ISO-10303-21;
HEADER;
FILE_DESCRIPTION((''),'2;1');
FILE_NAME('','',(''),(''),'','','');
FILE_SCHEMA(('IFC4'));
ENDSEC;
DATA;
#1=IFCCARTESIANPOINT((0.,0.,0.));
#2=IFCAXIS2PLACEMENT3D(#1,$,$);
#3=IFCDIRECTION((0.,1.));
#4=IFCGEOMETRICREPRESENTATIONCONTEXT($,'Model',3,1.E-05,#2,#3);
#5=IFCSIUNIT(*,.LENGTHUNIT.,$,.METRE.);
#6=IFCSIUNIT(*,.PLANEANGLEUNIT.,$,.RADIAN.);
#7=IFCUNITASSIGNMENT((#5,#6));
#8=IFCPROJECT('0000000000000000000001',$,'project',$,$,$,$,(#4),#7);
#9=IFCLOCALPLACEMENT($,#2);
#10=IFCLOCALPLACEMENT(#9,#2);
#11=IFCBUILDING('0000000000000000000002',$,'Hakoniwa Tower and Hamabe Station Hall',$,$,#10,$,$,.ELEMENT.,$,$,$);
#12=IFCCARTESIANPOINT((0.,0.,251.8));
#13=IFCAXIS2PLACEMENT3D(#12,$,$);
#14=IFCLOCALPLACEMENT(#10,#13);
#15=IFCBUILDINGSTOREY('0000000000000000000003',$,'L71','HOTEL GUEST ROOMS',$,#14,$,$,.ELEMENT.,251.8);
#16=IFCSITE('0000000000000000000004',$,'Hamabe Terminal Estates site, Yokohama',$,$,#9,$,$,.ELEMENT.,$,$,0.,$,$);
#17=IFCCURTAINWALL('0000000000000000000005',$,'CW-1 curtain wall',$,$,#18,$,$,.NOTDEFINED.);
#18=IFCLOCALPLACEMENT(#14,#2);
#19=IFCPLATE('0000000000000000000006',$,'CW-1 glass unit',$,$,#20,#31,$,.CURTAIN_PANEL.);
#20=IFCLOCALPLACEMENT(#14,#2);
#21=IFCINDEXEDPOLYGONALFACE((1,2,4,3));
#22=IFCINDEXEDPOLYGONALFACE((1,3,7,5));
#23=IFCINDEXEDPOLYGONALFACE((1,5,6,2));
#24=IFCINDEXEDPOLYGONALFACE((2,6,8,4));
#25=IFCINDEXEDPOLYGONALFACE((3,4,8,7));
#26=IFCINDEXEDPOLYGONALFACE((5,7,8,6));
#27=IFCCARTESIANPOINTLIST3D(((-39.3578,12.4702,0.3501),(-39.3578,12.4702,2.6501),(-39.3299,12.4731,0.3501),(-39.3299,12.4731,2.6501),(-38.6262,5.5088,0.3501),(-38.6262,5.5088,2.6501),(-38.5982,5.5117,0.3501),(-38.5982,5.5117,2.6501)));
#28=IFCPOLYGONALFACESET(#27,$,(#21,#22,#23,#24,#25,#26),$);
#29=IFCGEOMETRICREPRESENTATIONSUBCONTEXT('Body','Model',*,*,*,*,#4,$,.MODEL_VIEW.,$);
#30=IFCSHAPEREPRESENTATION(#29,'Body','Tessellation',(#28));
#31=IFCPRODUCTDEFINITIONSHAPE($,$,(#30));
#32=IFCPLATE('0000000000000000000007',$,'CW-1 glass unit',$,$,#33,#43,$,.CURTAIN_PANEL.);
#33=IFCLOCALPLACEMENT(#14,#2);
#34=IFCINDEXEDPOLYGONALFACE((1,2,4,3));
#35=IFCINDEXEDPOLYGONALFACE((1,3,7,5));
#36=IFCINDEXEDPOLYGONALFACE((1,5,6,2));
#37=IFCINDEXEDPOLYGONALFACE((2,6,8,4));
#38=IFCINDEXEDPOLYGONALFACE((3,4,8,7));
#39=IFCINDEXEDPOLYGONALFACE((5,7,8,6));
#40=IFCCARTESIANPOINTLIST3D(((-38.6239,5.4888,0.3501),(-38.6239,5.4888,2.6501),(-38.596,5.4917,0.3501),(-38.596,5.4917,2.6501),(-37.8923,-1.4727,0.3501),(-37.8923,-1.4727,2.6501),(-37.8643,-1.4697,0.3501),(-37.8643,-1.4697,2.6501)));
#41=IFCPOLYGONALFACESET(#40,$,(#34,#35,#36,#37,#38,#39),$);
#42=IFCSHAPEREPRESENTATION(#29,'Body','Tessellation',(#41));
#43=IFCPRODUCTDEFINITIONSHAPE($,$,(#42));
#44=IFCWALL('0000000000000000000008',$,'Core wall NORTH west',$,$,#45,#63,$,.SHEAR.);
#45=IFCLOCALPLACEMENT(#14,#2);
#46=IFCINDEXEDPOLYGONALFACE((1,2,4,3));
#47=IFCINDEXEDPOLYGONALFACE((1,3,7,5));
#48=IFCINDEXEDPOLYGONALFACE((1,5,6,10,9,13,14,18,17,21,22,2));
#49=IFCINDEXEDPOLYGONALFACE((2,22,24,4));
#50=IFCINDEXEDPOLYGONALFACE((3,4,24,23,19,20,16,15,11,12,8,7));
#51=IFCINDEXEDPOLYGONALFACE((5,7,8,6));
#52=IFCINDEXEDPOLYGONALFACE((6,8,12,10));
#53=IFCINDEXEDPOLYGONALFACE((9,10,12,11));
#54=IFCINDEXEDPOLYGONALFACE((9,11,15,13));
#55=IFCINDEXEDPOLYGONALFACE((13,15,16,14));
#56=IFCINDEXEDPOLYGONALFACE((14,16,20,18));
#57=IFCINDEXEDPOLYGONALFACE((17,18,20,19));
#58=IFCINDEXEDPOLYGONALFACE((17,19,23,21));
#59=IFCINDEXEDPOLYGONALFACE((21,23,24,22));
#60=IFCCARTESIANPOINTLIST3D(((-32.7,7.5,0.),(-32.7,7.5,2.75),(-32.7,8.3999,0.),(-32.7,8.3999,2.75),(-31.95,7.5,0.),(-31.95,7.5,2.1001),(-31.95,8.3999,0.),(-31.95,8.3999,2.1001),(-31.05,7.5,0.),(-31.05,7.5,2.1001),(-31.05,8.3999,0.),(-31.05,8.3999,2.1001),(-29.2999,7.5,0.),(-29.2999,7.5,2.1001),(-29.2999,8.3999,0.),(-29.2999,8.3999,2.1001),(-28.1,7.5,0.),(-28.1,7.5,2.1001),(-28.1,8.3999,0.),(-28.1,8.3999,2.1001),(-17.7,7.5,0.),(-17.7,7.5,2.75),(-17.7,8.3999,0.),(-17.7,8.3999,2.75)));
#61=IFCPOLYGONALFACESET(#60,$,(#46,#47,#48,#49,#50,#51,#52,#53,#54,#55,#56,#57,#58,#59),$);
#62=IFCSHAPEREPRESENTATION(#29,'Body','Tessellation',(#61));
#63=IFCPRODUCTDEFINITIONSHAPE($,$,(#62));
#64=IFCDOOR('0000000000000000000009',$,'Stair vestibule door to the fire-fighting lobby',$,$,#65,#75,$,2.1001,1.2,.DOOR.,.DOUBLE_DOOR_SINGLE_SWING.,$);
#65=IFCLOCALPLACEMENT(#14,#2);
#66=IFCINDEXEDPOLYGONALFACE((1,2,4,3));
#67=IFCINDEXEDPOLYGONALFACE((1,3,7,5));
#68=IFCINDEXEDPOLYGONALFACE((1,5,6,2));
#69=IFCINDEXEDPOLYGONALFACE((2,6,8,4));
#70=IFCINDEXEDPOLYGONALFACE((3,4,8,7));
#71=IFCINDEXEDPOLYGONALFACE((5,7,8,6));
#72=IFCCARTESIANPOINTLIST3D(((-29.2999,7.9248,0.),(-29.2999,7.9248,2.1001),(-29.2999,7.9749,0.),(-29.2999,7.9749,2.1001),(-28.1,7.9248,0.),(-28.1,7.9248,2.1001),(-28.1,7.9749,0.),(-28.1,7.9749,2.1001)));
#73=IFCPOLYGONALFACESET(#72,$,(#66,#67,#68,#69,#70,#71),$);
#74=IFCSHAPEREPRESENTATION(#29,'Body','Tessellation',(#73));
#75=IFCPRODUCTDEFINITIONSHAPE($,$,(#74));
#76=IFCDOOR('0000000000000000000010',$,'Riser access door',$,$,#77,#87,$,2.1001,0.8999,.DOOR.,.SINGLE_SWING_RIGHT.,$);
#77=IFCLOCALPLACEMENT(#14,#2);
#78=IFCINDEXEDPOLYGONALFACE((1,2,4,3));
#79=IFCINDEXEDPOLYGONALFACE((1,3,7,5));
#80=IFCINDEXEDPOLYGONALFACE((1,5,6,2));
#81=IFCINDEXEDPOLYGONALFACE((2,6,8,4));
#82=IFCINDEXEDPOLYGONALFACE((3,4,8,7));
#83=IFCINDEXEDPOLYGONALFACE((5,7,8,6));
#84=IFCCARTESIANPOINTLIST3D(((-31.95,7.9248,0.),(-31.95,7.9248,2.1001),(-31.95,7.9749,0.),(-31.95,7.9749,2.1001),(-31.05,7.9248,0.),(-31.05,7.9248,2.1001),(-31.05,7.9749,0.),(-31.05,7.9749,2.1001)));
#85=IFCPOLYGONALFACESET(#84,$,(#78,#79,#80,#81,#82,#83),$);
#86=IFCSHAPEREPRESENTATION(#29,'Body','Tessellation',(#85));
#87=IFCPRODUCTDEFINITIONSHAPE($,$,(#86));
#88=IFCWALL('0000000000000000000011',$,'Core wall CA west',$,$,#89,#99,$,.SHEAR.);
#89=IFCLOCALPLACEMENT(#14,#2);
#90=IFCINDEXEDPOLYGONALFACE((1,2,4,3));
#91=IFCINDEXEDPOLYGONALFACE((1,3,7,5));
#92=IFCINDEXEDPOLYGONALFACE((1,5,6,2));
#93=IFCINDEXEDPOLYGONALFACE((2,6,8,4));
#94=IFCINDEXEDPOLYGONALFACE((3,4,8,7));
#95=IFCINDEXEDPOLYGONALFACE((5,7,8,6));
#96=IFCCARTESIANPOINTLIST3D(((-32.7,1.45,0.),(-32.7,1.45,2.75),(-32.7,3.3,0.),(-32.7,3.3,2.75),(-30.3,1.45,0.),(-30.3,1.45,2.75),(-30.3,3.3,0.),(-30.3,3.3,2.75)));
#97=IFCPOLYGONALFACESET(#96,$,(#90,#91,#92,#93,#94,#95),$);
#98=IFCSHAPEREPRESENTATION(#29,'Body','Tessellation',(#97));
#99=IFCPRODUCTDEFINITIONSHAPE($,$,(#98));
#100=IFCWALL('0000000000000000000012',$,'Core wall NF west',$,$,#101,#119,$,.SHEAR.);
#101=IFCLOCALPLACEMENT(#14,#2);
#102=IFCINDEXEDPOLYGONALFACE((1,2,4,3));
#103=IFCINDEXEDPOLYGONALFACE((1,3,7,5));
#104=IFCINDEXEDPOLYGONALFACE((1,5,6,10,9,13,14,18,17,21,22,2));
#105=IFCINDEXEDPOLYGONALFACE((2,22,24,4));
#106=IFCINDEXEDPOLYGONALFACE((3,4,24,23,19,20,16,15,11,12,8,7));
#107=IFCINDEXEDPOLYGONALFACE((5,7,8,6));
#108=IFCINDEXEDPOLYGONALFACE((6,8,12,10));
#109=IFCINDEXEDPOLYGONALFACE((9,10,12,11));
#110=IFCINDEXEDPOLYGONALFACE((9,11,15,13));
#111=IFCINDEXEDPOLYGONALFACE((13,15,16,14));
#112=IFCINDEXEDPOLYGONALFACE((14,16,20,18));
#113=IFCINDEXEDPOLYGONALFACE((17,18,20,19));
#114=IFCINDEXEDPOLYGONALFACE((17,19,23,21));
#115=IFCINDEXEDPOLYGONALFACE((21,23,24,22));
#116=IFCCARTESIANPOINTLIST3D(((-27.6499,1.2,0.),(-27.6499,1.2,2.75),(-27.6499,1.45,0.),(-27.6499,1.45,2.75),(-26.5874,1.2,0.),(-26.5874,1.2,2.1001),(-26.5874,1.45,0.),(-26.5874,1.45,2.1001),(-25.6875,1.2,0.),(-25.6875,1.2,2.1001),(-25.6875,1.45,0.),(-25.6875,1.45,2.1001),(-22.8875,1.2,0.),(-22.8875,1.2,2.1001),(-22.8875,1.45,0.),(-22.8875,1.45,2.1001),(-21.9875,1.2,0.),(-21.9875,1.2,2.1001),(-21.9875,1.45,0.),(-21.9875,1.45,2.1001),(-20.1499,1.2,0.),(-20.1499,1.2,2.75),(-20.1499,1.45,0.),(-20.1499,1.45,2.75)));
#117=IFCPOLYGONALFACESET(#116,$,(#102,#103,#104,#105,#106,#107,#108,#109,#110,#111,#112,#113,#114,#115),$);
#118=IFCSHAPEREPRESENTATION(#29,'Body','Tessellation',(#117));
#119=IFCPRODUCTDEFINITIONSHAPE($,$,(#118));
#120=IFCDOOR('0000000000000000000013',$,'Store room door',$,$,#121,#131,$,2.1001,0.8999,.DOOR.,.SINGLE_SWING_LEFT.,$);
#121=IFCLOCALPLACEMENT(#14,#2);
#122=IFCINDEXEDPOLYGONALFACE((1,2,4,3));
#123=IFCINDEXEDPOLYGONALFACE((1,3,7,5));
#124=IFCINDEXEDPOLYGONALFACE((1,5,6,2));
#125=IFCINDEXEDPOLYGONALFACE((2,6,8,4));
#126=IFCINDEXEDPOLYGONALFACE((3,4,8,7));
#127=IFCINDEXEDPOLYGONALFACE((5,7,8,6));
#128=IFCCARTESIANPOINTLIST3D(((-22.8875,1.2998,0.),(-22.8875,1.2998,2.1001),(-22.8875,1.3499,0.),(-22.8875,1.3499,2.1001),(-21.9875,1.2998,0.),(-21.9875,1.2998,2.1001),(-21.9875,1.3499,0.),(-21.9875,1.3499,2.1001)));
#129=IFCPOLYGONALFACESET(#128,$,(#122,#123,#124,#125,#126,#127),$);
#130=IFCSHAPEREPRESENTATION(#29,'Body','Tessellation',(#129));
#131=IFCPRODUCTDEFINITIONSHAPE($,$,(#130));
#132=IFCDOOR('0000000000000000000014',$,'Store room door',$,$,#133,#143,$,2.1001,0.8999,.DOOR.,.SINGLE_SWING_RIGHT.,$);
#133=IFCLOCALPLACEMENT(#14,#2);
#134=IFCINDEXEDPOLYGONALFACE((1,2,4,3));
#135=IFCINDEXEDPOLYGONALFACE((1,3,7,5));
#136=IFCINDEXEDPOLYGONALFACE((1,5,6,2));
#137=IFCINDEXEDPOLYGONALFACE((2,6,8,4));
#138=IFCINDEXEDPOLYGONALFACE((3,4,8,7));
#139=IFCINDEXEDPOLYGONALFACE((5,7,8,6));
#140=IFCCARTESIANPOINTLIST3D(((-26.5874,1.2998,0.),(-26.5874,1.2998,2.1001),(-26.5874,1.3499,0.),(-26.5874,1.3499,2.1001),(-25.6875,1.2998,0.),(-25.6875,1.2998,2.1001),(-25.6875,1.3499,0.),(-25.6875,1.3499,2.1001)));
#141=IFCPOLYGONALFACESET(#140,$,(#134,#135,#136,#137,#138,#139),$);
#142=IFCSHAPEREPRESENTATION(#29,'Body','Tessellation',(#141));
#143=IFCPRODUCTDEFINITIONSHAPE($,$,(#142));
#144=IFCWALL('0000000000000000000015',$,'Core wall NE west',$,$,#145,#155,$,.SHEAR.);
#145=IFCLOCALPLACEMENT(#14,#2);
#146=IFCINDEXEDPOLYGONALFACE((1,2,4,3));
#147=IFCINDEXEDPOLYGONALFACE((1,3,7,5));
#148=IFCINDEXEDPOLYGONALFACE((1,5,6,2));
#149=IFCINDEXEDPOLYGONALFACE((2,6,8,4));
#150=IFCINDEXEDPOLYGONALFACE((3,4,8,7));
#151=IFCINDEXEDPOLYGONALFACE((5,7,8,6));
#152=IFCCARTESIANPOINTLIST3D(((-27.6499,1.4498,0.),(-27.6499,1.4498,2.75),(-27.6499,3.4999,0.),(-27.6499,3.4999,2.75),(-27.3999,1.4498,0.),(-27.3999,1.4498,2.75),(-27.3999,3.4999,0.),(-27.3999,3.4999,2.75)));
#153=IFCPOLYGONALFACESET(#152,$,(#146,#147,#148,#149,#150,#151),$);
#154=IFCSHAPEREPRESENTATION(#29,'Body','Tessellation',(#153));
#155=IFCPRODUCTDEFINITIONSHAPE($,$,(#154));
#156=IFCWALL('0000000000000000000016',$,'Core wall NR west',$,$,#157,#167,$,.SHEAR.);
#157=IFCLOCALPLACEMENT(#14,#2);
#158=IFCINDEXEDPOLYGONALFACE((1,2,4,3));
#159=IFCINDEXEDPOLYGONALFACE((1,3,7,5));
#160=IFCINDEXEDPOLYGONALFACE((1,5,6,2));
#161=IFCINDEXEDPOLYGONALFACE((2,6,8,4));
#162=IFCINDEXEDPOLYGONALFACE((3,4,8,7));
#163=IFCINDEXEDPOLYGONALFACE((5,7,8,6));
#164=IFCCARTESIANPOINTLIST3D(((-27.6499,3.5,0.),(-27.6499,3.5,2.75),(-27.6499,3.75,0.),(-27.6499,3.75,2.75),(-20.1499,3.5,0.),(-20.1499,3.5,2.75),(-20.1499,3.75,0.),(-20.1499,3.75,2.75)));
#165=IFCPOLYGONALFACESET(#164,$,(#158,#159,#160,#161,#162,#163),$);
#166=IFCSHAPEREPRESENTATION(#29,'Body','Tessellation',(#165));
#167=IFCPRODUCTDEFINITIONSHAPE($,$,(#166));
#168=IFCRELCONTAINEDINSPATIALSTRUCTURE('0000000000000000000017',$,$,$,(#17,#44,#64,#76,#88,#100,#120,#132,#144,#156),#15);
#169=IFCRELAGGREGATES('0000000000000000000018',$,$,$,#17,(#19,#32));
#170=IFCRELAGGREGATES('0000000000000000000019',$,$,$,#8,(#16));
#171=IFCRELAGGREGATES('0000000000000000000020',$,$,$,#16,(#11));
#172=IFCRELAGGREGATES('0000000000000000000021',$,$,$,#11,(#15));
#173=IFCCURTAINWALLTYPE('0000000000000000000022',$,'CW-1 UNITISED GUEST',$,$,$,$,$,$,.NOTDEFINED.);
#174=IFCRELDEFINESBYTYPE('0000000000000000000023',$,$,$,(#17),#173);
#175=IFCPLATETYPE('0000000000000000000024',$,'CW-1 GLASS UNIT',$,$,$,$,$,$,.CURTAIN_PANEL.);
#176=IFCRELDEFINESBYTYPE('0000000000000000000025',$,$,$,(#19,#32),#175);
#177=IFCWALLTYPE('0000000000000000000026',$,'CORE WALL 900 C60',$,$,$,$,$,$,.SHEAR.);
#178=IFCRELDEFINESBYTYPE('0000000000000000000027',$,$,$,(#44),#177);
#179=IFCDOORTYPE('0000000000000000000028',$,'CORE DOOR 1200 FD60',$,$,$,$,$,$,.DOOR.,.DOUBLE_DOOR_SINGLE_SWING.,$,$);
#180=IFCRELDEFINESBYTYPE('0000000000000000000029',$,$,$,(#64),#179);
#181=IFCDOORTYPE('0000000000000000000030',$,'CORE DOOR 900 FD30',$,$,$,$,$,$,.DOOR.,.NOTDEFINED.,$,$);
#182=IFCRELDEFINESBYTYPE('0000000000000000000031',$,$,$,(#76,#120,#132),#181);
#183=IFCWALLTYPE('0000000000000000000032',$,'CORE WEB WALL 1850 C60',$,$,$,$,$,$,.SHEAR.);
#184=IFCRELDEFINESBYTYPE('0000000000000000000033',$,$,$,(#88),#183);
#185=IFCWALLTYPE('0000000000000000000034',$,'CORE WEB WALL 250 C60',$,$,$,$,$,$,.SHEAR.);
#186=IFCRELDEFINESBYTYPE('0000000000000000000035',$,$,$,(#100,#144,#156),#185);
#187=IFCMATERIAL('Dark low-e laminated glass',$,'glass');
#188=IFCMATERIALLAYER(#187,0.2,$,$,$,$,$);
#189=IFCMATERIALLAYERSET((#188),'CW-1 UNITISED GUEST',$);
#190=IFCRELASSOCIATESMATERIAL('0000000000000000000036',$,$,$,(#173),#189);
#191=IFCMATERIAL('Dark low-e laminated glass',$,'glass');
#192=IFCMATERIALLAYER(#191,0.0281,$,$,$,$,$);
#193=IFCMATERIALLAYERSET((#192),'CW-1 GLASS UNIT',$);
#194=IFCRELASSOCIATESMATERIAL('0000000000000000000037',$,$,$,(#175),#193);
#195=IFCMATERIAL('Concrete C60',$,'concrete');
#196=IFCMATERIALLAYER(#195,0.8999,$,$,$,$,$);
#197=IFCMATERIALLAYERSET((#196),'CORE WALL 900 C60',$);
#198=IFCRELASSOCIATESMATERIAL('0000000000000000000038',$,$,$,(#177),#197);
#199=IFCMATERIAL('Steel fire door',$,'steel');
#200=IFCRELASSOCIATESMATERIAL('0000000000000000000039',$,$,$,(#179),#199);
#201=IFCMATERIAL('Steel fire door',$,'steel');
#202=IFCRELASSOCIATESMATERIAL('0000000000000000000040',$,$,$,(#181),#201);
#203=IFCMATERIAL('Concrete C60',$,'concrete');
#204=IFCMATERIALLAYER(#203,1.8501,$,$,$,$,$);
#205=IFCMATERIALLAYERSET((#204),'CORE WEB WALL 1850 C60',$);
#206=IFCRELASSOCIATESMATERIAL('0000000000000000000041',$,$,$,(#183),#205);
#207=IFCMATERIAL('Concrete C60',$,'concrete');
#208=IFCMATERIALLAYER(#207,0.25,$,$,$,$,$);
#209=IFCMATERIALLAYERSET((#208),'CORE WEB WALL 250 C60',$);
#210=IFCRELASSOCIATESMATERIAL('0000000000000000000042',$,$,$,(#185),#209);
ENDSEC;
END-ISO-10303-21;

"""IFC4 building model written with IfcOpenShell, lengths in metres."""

from ifc_helpers import new_model, si_unit, direction, frame, frame_2d, origin, origin_2d, place, context, subcontext, project, spatial, rectangle, extrude, material, layer, layer_set, type_object, element, fill, aggregate, save


model = new_model("IFC4")

# Units and contexts
model_context = context("Model", 3, precision=1e-05, world=origin(), true_north=direction((0.0, 1.0)))
body_context = subcontext(model_context, "Body", "Model", "MODEL_VIEW")
ifc_project = project(units=[si_unit("LENGTHUNIT", "METRE"), si_unit("PLANEANGLEUNIT", "RADIAN")], contexts=[model_context])

# Site, building, storey
site_placement = place(None, origin())
site = spatial("IfcSite", under=ifc_project, at=site_placement, Name="Hamabe Terminal Estates site, Yokohama", CompositionType="ELEMENT", RefElevation=0.0)
building_placement = place(site_placement, origin())
building = spatial("IfcBuilding", under=site, at=building_placement, Name="Hakoniwa Tower and Hamabe Station Hall", CompositionType="ELEMENT")
storey_placement = place(building_placement, frame((0.0, 0.0, 251.8)))
storey = spatial("IfcBuildingStorey", under=building, at=storey_placement, Name="L71", Description="HOTEL GUEST ROOMS", CompositionType="ELEMENT", Elevation=251.8)

# Curtain wall, plates
ifc_material_1 = material(Name="Dark low-e laminated glass", Category="glass")
ifc_layer_1 = layer(ifc_material_1, 0.2)
ifc_layer_set_1 = layer_set([ifc_layer_1], Name="CW-1 UNITISED GUEST")
curtain_wall_type = type_object("IfcCurtainWallType", Name="CW-1 UNITISED GUEST", PredefinedType="NOTDEFINED", material=ifc_layer_set_1)
curtain_wall_placement = place(storey_placement, origin())
curtain_wall = element("IfcCurtainWall", 1, at=curtain_wall_placement, inside=storey, type_object=curtain_wall_type, Name="CW-1 curtain wall", PredefinedType="NOTDEFINED")
ifc_material_2 = material(Name="Dark low-e laminated glass", Category="glass")
ifc_layer_2 = layer(ifc_material_2, 0.0281)
ifc_layer_set_2 = layer_set([ifc_layer_2], Name="CW-1 GLASS UNIT")
plate_type = type_object("IfcPlateType", Name="CW-1 GLASS UNIT", PredefinedType="CURTAIN_PANEL", material=ifc_layer_set_2)
plate_1_placement = place(storey_placement, frame((-38.978, 8.991, 0.3501), z_axis=(0.0, 0.0, 1.0), x_axis=(0.104528, -0.994522, 0.0)))
plate_1 = element("IfcPlate", 2, at=plate_1_placement, type_object=plate_type, Name="CW-1 glass unit", PredefinedType="CURTAIN_PANEL", context=body_context, shape_type="SweptSolid", body=[
    extrude(rectangle(XDim=6.9998, YDim=0.0281, at=origin_2d()), origin(), (0.0, 0.0, 1.0), 2.3),
])
plate_2_placement = place(storey_placement, frame((-38.2441, 2.0095, 0.3501), z_axis=(0.0, 0.0, 1.0), x_axis=(0.104528, -0.994522, 0.0)))
plate_2 = element("IfcPlate", 3, at=plate_2_placement, type_object=plate_type, Name="CW-1 glass unit", PredefinedType="CURTAIN_PANEL", context=body_context, shape_type="SweptSolid", body=[
    extrude(rectangle(XDim=6.9998, YDim=0.0281, at=origin_2d()), origin(), (0.0, 0.0, 1.0), 2.3),
])
aggregate(curtain_wall, [plate_1, plate_2])

# Wall, openings, doors
ifc_material_3 = material(Name="Concrete C60", Category="concrete")
ifc_layer_3 = layer(ifc_material_3, 0.8999)
ifc_layer_set_3 = layer_set([ifc_layer_3], Name="CORE WALL 900 C60")
wall_type_1 = type_object("IfcWallType", Name="CORE WALL 900 C60", PredefinedType="SHEAR", material=ifc_layer_set_3)
wall_1_placement = place(storey_placement, frame((-32.7, 7.95, 0.0), z_axis=(0.0, 0.0, 1.0), x_axis=(1.0, 0.0, 0.0)))
wall_1 = element("IfcWall", 4, at=wall_1_placement, inside=storey, type_object=wall_type_1, Name="Core wall NORTH west", PredefinedType="SHEAR", context=body_context, shape_type="SweptSolid", body=[
    extrude(rectangle(XDim=15.0, YDim=0.8999, at=frame_2d((7.5, 0.0))), origin(), (0.0, 0.0, 1.0), 2.75),
])
opening_1_placement = place(wall_1_placement, frame((3.3999, 0.0, 0.0)))
opening_1 = element("IfcOpeningElement", 5, at=opening_1_placement, cuts=wall_1, PredefinedType="OPENING", context=body_context, shape_type="SweptSolid", body=[
    extrude(rectangle(XDim=1.2, YDim=2.1001, at=frame_2d((0.6001, 1.05))), frame((0.0, 0.46, 0.0), z_axis=(0.0, -1.0, 0.0), x_axis=(1.0, 0.0, 0.0)), (0.0, 0.0, 1.0), 0.9199),
])
opening_2_placement = place(wall_1_placement, frame((0.75, 0.0, 0.0)))
opening_2 = element("IfcOpeningElement", 6, at=opening_2_placement, cuts=wall_1, PredefinedType="OPENING", context=body_context, shape_type="SweptSolid", body=[
    extrude(rectangle(XDim=0.8999, YDim=2.1001, at=frame_2d((0.45, 1.05))), frame((0.0, 0.46, 0.0), z_axis=(0.0, -1.0, 0.0), x_axis=(1.0, 0.0, 0.0)), (0.0, 0.0, 1.0), 0.9199),
])
ifc_material_4 = material(Name="Steel fire door", Category="steel")
door_type_1 = type_object("IfcDoorType", Name="CORE DOOR 1200 FD60", OperationType="DOUBLE_DOOR_SINGLE_SWING", PredefinedType="DOOR", material=ifc_material_4)
door_1_placement = place(opening_1_placement, origin())
door_1 = element("IfcDoor", 7, at=door_1_placement, inside=storey, type_object=door_type_1, Name="Stair vestibule door to the fire-fighting lobby", OperationType="DOUBLE_DOOR_SINGLE_SWING", OverallHeight=2.1001, OverallWidth=1.2, PredefinedType="DOOR", context=body_context, shape_type="SweptSolid", body=[
    extrude(rectangle(XDim=1.2, YDim=2.1001, at=frame_2d((0.6001, 1.05))), frame((0.0, 0.0249, 0.0), z_axis=(0.0, -1.0, 0.0), x_axis=(1.0, 0.0, 0.0)), (0.0, 0.0, 1.0), 0.05),
])
fill(opening_1, door_1)
ifc_material_5 = material(Name="Steel fire door", Category="steel")
door_type_2 = type_object("IfcDoorType", Name="CORE DOOR 900 FD30", OperationType="NOTDEFINED", PredefinedType="DOOR", material=ifc_material_5)
door_2_placement = place(opening_2_placement, origin())
door_2 = element("IfcDoor", 8, at=door_2_placement, inside=storey, type_object=door_type_2, Name="Riser access door", OperationType="SINGLE_SWING_RIGHT", OverallHeight=2.1001, OverallWidth=0.8999, PredefinedType="DOOR", context=body_context, shape_type="SweptSolid", body=[
    extrude(rectangle(XDim=0.8999, YDim=2.1001, at=frame_2d((0.45, 1.05))), frame((0.0, 0.0249, 0.0), z_axis=(0.0, -1.0, 0.0), x_axis=(1.0, 0.0, 0.0)), (0.0, 0.0, 1.0), 0.05),
])
fill(opening_2, door_2)

# Wall
ifc_material_6 = material(Name="Concrete C60", Category="concrete")
ifc_layer_4 = layer(ifc_material_6, 1.8501)
ifc_layer_set_4 = layer_set([ifc_layer_4], Name="CORE WEB WALL 1850 C60")
wall_type_2 = type_object("IfcWallType", Name="CORE WEB WALL 1850 C60", PredefinedType="SHEAR", material=ifc_layer_set_4)
wall_2_placement = place(storey_placement, frame((-32.7, 2.375, 0.0), z_axis=(0.0, 0.0, 1.0), x_axis=(1.0, 0.0, 0.0)))
element("IfcWall", 9, at=wall_2_placement, inside=storey, type_object=wall_type_2, Name="Core wall CA west", PredefinedType="SHEAR", context=body_context, shape_type="SweptSolid", body=[
    extrude(rectangle(XDim=2.3999, YDim=1.8501, at=frame_2d((1.2, 0.0))), origin(), (0.0, 0.0, 1.0), 2.75),
])

# Wall, openings, doors
ifc_material_7 = material(Name="Concrete C60", Category="concrete")
ifc_layer_5 = layer(ifc_material_7, 0.25)
ifc_layer_set_5 = layer_set([ifc_layer_5], Name="CORE WEB WALL 250 C60")
wall_type_3 = type_object("IfcWallType", Name="CORE WEB WALL 250 C60", PredefinedType="SHEAR", material=ifc_layer_set_5)
wall_3_placement = place(storey_placement, frame((-27.6499, 1.325, 0.0), z_axis=(0.0, 0.0, 1.0), x_axis=(1.0, 0.0, 0.0)))
wall_3 = element("IfcWall", 10, at=wall_3_placement, inside=storey, type_object=wall_type_3, Name="Core wall NF west", PredefinedType="SHEAR", context=body_context, shape_type="SweptSolid", body=[
    extrude(rectangle(XDim=7.5, YDim=0.25, at=frame_2d((3.75, 0.0))), origin(), (0.0, 0.0, 1.0), 2.75),
])
opening_3_placement = place(wall_3_placement, frame((4.7625, 0.0, 0.0)))
opening_3 = element("IfcOpeningElement", 11, at=opening_3_placement, cuts=wall_3, PredefinedType="OPENING", context=body_context, shape_type="SweptSolid", body=[
    extrude(rectangle(XDim=0.8999, YDim=2.1001, at=frame_2d((0.45, 1.05))), frame((0.0, 0.135, 0.0), z_axis=(0.0, -1.0, 0.0), x_axis=(1.0, 0.0, 0.0)), (0.0, 0.0, 1.0), 0.27),
])
opening_4_placement = place(wall_3_placement, frame((1.0625, 0.0, 0.0)))
opening_4 = element("IfcOpeningElement", 12, at=opening_4_placement, cuts=wall_3, PredefinedType="OPENING", context=body_context, shape_type="SweptSolid", body=[
    extrude(rectangle(XDim=0.8999, YDim=2.1001, at=frame_2d((0.45, 1.05))), frame((0.0, 0.135, 0.0), z_axis=(0.0, -1.0, 0.0), x_axis=(1.0, 0.0, 0.0)), (0.0, 0.0, 1.0), 0.27),
])
door_3_placement = place(opening_3_placement, origin())
door_3 = element("IfcDoor", 13, at=door_3_placement, inside=storey, type_object=door_type_2, Name="Store room door", OperationType="SINGLE_SWING_LEFT", OverallHeight=2.1001, OverallWidth=0.8999, PredefinedType="DOOR", context=body_context, shape_type="SweptSolid", body=[
    extrude(rectangle(XDim=0.8999, YDim=2.1001, at=frame_2d((0.45, 1.05))), frame((0.0, 0.0249, 0.0), z_axis=(0.0, -1.0, 0.0), x_axis=(1.0, 0.0, 0.0)), (0.0, 0.0, 1.0), 0.05),
])
fill(opening_3, door_3)
door_4_placement = place(opening_4_placement, origin())
door_4 = element("IfcDoor", 14, at=door_4_placement, inside=storey, type_object=door_type_2, Name="Store room door", OperationType="SINGLE_SWING_RIGHT", OverallHeight=2.1001, OverallWidth=0.8999, PredefinedType="DOOR", context=body_context, shape_type="SweptSolid", body=[
    extrude(rectangle(XDim=0.8999, YDim=2.1001, at=frame_2d((0.45, 1.05))), frame((0.0, 0.0249, 0.0), z_axis=(0.0, -1.0, 0.0), x_axis=(1.0, 0.0, 0.0)), (0.0, 0.0, 1.0), 0.05),
])
fill(opening_4, door_4)

# Walls
wall_4_placement = place(storey_placement, frame((-27.5249, 1.45, 0.0), z_axis=(0.0, 0.0, 1.0), x_axis=(0.0, 1.0, 0.0)))
element("IfcWall", 15, at=wall_4_placement, inside=storey, type_object=wall_type_3, Name="Core wall NE west", PredefinedType="SHEAR", context=body_context, shape_type="SweptSolid", body=[
    extrude(rectangle(XDim=2.05, YDim=0.25, at=frame_2d((1.0249, 0.0))), origin(), (0.0, 0.0, 1.0), 2.75),
])
wall_5_placement = place(storey_placement, frame((-27.6499, 3.625, 0.0), z_axis=(0.0, 0.0, 1.0), x_axis=(1.0, 0.0, 0.0)))
element("IfcWall", 16, at=wall_5_placement, inside=storey, type_object=wall_type_3, Name="Core wall NR west", PredefinedType="SHEAR", context=body_context, shape_type="SweptSolid", body=[
    extrude(rectangle(XDim=7.5, YDim=0.25, at=frame_2d((3.75, 0.0))), origin(), (0.0, 0.0, 1.0), 2.75),
])

save(model, "model.ifc")
